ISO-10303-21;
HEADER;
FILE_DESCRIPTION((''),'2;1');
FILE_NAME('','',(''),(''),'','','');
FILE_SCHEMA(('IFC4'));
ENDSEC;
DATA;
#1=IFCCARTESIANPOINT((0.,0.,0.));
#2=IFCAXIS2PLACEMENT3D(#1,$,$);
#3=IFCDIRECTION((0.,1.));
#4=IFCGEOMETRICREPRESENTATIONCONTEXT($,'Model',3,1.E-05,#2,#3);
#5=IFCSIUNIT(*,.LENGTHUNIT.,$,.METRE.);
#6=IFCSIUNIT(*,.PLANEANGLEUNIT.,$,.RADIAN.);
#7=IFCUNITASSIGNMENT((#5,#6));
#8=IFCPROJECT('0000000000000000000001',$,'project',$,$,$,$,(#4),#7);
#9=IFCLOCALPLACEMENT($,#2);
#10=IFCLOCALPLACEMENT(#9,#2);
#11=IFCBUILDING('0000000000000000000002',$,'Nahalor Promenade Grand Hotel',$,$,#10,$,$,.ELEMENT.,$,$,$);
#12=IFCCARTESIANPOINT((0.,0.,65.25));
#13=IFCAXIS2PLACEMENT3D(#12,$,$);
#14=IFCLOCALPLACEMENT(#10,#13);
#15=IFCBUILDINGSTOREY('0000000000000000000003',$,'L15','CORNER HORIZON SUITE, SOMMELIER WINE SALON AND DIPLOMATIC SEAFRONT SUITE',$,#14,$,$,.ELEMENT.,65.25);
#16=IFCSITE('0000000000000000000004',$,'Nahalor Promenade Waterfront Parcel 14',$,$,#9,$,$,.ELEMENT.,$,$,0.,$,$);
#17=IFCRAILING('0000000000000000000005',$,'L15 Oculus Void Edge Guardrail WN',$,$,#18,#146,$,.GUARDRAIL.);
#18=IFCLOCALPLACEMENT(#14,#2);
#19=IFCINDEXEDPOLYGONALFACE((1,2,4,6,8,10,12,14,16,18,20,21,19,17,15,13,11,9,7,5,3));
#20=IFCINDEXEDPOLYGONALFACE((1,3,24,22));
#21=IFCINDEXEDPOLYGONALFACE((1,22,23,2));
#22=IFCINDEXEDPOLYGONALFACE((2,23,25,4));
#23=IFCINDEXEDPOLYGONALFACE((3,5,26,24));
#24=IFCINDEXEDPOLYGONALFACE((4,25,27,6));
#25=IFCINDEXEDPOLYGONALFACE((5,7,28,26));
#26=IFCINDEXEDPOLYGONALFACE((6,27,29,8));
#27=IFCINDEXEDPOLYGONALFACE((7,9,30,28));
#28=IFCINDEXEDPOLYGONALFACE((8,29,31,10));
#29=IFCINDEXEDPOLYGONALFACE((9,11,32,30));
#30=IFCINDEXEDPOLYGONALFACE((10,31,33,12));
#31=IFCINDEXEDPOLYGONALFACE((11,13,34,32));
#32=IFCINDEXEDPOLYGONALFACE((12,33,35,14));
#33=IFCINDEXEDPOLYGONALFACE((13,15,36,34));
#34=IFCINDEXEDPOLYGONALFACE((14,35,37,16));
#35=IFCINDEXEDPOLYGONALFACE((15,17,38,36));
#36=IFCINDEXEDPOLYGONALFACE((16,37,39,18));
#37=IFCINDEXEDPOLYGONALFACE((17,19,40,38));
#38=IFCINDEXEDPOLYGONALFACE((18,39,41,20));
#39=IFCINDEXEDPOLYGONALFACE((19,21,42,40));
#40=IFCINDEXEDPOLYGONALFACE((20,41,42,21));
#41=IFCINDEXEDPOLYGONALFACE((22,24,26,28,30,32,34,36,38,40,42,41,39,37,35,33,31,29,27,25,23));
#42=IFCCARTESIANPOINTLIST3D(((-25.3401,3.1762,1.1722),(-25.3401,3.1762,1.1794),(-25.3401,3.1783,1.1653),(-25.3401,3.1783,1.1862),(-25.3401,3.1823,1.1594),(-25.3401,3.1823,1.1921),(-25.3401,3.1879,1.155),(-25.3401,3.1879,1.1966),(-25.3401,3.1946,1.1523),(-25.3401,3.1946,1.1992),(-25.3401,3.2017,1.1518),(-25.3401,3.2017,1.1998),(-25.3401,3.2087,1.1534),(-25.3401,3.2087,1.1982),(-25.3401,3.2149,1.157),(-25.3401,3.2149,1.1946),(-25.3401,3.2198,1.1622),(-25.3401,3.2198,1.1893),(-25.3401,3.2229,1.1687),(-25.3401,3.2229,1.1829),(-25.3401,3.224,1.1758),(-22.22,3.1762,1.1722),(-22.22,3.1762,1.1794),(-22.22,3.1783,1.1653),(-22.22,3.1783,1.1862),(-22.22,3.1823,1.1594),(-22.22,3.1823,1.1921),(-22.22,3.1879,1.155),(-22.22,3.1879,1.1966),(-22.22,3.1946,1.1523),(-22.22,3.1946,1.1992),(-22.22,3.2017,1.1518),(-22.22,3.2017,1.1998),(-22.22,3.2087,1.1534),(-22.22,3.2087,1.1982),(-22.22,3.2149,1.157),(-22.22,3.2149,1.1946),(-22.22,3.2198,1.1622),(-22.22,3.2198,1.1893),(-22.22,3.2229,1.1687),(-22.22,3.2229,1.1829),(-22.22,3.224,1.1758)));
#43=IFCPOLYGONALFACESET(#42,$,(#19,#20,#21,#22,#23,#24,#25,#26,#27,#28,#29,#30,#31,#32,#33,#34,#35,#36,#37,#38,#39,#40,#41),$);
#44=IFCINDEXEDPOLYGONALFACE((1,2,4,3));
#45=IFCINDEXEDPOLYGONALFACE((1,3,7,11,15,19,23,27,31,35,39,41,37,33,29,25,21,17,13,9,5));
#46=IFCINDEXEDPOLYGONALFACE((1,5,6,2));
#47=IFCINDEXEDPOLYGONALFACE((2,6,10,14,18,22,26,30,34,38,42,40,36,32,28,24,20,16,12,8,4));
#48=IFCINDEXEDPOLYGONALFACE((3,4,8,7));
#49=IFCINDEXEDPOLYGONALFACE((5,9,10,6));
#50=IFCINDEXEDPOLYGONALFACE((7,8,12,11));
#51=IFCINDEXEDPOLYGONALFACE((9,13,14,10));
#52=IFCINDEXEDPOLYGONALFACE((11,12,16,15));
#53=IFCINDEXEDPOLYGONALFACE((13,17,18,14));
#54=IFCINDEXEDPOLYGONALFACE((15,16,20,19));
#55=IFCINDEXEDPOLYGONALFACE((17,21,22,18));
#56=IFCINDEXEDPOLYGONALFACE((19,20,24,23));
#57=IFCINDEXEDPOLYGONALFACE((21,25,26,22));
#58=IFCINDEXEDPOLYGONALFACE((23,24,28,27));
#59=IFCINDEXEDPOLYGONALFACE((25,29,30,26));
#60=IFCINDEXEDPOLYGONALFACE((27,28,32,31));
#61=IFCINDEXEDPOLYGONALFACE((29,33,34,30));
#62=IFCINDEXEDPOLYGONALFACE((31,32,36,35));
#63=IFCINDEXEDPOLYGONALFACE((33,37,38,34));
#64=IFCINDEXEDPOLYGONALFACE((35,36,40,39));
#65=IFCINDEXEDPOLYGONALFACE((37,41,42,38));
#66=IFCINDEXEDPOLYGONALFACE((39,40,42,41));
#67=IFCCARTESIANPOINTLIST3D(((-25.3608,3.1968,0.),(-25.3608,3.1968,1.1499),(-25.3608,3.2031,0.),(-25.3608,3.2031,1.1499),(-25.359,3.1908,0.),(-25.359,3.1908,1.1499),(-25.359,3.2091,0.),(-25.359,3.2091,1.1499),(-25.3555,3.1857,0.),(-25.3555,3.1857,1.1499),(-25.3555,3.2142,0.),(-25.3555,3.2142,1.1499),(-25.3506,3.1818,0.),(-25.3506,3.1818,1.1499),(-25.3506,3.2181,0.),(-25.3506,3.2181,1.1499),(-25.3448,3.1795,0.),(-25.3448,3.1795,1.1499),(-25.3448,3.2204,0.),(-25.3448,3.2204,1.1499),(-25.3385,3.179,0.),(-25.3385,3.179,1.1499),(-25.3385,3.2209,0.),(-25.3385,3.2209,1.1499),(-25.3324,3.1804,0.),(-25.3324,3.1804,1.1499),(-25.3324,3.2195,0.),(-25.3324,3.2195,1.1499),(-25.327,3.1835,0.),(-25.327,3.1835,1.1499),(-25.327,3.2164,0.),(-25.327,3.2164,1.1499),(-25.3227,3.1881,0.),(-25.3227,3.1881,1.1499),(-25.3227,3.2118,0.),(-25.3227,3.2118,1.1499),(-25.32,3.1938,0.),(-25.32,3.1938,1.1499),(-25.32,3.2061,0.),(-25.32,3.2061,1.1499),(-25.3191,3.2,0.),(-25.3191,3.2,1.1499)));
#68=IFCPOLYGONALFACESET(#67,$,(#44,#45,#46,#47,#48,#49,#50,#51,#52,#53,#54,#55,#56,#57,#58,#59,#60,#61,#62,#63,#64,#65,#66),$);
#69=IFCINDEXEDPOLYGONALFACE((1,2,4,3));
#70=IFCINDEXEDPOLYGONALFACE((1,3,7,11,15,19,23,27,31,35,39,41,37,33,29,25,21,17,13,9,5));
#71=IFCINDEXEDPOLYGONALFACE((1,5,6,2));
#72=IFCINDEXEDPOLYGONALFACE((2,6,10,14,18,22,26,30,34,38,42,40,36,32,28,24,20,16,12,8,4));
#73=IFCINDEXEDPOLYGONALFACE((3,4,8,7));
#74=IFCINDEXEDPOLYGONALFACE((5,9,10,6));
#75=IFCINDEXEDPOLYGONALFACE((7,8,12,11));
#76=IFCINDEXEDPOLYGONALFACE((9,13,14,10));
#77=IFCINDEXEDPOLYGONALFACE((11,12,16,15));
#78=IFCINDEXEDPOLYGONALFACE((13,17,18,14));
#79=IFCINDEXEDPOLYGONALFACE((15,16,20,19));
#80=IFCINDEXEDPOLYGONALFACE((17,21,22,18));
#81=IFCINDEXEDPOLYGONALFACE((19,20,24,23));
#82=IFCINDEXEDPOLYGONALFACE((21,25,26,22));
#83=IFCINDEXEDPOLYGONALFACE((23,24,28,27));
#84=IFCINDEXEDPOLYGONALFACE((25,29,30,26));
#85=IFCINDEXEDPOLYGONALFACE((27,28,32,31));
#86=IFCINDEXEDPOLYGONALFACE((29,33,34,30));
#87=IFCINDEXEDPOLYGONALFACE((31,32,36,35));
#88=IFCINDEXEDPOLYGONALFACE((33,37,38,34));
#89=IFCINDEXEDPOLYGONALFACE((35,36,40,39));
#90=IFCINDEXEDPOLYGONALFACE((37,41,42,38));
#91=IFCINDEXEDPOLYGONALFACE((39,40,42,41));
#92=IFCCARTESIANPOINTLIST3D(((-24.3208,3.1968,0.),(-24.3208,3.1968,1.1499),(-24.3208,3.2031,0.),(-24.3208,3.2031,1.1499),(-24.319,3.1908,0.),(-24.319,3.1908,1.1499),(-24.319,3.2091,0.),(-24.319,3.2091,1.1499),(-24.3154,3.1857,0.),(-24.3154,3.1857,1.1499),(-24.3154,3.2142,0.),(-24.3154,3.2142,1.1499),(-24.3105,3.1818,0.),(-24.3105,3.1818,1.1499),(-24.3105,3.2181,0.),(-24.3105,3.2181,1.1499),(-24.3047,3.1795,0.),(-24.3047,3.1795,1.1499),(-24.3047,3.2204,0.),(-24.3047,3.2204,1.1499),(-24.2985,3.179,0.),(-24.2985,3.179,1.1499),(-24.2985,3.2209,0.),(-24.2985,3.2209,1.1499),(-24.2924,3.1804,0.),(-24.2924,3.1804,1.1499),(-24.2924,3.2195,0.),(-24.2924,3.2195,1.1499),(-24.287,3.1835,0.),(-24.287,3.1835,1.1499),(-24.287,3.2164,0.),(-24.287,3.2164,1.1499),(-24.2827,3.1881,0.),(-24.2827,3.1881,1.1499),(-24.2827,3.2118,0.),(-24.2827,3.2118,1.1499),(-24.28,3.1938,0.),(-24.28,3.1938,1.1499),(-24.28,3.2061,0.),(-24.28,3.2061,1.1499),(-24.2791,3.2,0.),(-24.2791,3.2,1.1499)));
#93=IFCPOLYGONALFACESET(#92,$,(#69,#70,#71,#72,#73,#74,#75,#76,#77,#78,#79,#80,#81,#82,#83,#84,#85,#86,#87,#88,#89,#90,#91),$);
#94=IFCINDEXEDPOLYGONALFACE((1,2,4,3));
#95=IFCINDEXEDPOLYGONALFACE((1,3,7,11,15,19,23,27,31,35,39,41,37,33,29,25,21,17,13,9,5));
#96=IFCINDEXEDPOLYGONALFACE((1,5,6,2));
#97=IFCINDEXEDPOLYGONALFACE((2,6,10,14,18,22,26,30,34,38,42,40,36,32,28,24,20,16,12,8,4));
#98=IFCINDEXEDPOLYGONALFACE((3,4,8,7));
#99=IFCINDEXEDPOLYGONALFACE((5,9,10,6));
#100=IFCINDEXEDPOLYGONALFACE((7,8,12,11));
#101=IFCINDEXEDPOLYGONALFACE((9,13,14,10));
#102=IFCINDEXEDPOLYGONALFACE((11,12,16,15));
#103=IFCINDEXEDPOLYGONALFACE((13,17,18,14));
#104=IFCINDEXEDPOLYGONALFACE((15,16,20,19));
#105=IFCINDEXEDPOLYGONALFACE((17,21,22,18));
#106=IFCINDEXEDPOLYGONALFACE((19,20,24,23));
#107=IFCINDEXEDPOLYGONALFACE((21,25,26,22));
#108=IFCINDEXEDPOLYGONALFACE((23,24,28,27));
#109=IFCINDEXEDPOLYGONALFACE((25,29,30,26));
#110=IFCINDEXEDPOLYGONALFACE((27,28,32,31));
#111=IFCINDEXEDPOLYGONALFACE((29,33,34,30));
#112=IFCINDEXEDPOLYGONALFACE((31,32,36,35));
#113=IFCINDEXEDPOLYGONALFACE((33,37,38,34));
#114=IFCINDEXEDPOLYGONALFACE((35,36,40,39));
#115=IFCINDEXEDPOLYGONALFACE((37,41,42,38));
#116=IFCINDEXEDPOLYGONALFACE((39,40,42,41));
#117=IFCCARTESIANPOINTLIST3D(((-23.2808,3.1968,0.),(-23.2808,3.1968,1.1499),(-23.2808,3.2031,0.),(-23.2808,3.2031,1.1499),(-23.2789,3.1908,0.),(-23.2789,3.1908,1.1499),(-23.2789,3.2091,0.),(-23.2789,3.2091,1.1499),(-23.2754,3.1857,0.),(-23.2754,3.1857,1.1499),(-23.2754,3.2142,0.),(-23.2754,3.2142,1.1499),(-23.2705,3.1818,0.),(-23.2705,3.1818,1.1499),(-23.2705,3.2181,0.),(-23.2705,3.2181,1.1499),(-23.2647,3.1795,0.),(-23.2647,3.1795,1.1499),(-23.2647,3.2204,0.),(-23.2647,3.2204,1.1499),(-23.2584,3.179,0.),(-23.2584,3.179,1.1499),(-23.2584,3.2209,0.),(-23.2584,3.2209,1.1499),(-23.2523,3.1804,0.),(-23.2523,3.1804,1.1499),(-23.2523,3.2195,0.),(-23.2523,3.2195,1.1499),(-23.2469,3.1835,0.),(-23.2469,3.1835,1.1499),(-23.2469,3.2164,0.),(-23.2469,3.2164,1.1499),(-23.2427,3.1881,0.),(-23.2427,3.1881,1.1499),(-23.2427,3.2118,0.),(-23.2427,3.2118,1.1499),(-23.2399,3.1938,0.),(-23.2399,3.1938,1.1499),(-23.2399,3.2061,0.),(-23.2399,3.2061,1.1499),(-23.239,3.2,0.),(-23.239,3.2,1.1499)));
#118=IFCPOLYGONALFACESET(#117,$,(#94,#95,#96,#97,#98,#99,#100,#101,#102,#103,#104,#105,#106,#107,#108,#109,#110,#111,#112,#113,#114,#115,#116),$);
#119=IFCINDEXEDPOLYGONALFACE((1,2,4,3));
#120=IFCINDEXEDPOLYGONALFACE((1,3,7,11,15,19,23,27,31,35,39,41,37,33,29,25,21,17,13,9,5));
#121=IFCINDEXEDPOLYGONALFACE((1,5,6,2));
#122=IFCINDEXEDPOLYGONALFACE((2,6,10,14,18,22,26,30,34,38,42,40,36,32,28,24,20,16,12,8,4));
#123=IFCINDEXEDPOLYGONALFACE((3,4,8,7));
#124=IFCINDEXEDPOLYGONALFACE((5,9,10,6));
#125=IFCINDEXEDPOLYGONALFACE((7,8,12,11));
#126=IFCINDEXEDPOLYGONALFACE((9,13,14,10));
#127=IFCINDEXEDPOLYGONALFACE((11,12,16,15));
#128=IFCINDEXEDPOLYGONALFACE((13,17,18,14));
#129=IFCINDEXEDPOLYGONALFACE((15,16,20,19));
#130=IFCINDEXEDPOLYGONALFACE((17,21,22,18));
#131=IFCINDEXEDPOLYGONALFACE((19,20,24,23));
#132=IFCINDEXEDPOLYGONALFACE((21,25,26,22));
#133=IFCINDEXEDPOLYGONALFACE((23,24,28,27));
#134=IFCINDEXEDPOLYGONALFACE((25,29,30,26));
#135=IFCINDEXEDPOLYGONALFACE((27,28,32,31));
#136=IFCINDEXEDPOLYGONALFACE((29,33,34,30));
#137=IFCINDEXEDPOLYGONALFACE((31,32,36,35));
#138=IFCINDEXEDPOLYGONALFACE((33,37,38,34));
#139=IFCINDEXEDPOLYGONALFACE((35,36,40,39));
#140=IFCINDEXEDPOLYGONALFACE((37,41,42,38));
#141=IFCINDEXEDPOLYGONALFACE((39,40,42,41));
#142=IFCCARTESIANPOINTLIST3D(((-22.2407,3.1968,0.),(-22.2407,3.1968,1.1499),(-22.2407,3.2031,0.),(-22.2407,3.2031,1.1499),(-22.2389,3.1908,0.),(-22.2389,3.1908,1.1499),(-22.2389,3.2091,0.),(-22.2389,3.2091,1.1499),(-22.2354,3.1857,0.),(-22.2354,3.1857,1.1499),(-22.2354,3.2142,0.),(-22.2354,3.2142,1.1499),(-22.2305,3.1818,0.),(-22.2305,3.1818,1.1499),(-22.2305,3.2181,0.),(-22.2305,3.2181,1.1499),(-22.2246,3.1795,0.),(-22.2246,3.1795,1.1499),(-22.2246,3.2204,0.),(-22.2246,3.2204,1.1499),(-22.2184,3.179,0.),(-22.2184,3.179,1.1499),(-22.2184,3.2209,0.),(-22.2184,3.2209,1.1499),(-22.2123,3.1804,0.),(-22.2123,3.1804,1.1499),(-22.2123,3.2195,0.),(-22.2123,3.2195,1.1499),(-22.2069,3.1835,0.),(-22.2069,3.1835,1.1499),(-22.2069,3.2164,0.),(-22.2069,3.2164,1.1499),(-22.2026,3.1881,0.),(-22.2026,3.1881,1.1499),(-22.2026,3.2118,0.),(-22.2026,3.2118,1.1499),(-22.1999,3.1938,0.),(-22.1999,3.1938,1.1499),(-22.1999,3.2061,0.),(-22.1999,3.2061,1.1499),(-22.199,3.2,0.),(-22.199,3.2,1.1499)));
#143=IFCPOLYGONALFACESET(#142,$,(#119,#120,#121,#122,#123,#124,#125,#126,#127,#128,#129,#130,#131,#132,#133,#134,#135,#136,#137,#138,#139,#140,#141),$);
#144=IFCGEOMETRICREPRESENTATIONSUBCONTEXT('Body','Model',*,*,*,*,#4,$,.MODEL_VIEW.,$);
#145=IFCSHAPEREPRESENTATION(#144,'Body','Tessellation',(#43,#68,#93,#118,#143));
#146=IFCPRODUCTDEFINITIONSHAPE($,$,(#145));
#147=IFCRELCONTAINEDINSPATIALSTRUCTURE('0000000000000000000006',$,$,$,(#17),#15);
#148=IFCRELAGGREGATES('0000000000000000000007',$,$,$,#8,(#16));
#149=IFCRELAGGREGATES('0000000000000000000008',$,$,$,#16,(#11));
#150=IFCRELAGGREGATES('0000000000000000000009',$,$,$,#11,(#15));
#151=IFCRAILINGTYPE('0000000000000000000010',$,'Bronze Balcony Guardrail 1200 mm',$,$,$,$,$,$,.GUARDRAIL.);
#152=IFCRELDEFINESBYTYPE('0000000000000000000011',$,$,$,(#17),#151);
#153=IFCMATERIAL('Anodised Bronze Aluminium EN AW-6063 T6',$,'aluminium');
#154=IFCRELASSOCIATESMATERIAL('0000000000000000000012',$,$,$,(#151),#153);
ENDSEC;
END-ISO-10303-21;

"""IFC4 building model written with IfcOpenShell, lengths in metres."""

from ifc_helpers import new_model, si_unit, direction, frame, origin, origin_2d, place, context, subcontext, project, spatial, circle, extrude, material, type_object, element, save


model = new_model("IFC4")

# Units and contexts
model_context = context("Model", 3, precision=1e-05, world=origin(), true_north=direction((0.0, 1.0)))
body_context = subcontext(model_context, "Body", "Model", "MODEL_VIEW")
ifc_project = project(units=[si_unit("LENGTHUNIT", "METRE"), si_unit("PLANEANGLEUNIT", "RADIAN")], contexts=[model_context])

# Site, building, storey
site_placement = place(None, origin())
site = spatial("IfcSite", under=ifc_project, at=site_placement, Name="Nahalor Promenade Waterfront Parcel 14", CompositionType="ELEMENT", RefElevation=0.0)
building_placement = place(site_placement, origin())
building = spatial("IfcBuilding", under=site, at=building_placement, Name="Nahalor Promenade Grand Hotel", CompositionType="ELEMENT")
storey_placement = place(building_placement, frame((0.0, 0.0, 65.25)))
storey = spatial("IfcBuildingStorey", under=building, at=storey_placement, Name="L15", Description="CORNER HORIZON SUITE, SOMMELIER WINE SALON AND DIPLOMATIC SEAFRONT SUITE", CompositionType="ELEMENT", Elevation=65.25)

# Shared definitions
ifc_material_1 = material(Name="Anodised Bronze Aluminium EN AW-6063 T6", Category="aluminium")

# Railing
railing_type = type_object("IfcRailingType", Name="Bronze Balcony Guardrail 1200 mm", PredefinedType="GUARDRAIL", material=ifc_material_1)
railing_placement = place(storey_placement, frame((-25.3401, 3.2, 0.0)))
element("IfcRailing", 1, at=railing_placement, inside=storey, type_object=railing_type, Name="L15 Oculus Void Edge Guardrail WN", PredefinedType="GUARDRAIL", context=body_context, shape_type="SweptSolid", body=[
    extrude(circle(Radius=0.024, at=origin_2d()), frame((0.0, 0.0, 1.1758), z_axis=(1.0, 0.0, 0.0), x_axis=(0.0, 1.0, 0.0)), (0.0, 0.0, 1.0), 3.1201),
    extrude(circle(Radius=0.021, at=origin_2d()), origin(), (0.0, 0.0, 1.0), 1.1499),
    extrude(circle(Radius=0.021, at=origin_2d()), frame((1.04, 0.0, 0.0)), (0.0, 0.0, 1.0), 1.1499),
    extrude(circle(Radius=0.021, at=origin_2d()), frame((2.0801, 0.0, 0.0)), (0.0, 0.0, 1.0), 1.1499),
    extrude(circle(Radius=0.021, at=origin_2d()), frame((3.1201, 0.0, 0.0)), (0.0, 0.0, 1.0), 1.1499),
])

save(model, "model.ifc")
